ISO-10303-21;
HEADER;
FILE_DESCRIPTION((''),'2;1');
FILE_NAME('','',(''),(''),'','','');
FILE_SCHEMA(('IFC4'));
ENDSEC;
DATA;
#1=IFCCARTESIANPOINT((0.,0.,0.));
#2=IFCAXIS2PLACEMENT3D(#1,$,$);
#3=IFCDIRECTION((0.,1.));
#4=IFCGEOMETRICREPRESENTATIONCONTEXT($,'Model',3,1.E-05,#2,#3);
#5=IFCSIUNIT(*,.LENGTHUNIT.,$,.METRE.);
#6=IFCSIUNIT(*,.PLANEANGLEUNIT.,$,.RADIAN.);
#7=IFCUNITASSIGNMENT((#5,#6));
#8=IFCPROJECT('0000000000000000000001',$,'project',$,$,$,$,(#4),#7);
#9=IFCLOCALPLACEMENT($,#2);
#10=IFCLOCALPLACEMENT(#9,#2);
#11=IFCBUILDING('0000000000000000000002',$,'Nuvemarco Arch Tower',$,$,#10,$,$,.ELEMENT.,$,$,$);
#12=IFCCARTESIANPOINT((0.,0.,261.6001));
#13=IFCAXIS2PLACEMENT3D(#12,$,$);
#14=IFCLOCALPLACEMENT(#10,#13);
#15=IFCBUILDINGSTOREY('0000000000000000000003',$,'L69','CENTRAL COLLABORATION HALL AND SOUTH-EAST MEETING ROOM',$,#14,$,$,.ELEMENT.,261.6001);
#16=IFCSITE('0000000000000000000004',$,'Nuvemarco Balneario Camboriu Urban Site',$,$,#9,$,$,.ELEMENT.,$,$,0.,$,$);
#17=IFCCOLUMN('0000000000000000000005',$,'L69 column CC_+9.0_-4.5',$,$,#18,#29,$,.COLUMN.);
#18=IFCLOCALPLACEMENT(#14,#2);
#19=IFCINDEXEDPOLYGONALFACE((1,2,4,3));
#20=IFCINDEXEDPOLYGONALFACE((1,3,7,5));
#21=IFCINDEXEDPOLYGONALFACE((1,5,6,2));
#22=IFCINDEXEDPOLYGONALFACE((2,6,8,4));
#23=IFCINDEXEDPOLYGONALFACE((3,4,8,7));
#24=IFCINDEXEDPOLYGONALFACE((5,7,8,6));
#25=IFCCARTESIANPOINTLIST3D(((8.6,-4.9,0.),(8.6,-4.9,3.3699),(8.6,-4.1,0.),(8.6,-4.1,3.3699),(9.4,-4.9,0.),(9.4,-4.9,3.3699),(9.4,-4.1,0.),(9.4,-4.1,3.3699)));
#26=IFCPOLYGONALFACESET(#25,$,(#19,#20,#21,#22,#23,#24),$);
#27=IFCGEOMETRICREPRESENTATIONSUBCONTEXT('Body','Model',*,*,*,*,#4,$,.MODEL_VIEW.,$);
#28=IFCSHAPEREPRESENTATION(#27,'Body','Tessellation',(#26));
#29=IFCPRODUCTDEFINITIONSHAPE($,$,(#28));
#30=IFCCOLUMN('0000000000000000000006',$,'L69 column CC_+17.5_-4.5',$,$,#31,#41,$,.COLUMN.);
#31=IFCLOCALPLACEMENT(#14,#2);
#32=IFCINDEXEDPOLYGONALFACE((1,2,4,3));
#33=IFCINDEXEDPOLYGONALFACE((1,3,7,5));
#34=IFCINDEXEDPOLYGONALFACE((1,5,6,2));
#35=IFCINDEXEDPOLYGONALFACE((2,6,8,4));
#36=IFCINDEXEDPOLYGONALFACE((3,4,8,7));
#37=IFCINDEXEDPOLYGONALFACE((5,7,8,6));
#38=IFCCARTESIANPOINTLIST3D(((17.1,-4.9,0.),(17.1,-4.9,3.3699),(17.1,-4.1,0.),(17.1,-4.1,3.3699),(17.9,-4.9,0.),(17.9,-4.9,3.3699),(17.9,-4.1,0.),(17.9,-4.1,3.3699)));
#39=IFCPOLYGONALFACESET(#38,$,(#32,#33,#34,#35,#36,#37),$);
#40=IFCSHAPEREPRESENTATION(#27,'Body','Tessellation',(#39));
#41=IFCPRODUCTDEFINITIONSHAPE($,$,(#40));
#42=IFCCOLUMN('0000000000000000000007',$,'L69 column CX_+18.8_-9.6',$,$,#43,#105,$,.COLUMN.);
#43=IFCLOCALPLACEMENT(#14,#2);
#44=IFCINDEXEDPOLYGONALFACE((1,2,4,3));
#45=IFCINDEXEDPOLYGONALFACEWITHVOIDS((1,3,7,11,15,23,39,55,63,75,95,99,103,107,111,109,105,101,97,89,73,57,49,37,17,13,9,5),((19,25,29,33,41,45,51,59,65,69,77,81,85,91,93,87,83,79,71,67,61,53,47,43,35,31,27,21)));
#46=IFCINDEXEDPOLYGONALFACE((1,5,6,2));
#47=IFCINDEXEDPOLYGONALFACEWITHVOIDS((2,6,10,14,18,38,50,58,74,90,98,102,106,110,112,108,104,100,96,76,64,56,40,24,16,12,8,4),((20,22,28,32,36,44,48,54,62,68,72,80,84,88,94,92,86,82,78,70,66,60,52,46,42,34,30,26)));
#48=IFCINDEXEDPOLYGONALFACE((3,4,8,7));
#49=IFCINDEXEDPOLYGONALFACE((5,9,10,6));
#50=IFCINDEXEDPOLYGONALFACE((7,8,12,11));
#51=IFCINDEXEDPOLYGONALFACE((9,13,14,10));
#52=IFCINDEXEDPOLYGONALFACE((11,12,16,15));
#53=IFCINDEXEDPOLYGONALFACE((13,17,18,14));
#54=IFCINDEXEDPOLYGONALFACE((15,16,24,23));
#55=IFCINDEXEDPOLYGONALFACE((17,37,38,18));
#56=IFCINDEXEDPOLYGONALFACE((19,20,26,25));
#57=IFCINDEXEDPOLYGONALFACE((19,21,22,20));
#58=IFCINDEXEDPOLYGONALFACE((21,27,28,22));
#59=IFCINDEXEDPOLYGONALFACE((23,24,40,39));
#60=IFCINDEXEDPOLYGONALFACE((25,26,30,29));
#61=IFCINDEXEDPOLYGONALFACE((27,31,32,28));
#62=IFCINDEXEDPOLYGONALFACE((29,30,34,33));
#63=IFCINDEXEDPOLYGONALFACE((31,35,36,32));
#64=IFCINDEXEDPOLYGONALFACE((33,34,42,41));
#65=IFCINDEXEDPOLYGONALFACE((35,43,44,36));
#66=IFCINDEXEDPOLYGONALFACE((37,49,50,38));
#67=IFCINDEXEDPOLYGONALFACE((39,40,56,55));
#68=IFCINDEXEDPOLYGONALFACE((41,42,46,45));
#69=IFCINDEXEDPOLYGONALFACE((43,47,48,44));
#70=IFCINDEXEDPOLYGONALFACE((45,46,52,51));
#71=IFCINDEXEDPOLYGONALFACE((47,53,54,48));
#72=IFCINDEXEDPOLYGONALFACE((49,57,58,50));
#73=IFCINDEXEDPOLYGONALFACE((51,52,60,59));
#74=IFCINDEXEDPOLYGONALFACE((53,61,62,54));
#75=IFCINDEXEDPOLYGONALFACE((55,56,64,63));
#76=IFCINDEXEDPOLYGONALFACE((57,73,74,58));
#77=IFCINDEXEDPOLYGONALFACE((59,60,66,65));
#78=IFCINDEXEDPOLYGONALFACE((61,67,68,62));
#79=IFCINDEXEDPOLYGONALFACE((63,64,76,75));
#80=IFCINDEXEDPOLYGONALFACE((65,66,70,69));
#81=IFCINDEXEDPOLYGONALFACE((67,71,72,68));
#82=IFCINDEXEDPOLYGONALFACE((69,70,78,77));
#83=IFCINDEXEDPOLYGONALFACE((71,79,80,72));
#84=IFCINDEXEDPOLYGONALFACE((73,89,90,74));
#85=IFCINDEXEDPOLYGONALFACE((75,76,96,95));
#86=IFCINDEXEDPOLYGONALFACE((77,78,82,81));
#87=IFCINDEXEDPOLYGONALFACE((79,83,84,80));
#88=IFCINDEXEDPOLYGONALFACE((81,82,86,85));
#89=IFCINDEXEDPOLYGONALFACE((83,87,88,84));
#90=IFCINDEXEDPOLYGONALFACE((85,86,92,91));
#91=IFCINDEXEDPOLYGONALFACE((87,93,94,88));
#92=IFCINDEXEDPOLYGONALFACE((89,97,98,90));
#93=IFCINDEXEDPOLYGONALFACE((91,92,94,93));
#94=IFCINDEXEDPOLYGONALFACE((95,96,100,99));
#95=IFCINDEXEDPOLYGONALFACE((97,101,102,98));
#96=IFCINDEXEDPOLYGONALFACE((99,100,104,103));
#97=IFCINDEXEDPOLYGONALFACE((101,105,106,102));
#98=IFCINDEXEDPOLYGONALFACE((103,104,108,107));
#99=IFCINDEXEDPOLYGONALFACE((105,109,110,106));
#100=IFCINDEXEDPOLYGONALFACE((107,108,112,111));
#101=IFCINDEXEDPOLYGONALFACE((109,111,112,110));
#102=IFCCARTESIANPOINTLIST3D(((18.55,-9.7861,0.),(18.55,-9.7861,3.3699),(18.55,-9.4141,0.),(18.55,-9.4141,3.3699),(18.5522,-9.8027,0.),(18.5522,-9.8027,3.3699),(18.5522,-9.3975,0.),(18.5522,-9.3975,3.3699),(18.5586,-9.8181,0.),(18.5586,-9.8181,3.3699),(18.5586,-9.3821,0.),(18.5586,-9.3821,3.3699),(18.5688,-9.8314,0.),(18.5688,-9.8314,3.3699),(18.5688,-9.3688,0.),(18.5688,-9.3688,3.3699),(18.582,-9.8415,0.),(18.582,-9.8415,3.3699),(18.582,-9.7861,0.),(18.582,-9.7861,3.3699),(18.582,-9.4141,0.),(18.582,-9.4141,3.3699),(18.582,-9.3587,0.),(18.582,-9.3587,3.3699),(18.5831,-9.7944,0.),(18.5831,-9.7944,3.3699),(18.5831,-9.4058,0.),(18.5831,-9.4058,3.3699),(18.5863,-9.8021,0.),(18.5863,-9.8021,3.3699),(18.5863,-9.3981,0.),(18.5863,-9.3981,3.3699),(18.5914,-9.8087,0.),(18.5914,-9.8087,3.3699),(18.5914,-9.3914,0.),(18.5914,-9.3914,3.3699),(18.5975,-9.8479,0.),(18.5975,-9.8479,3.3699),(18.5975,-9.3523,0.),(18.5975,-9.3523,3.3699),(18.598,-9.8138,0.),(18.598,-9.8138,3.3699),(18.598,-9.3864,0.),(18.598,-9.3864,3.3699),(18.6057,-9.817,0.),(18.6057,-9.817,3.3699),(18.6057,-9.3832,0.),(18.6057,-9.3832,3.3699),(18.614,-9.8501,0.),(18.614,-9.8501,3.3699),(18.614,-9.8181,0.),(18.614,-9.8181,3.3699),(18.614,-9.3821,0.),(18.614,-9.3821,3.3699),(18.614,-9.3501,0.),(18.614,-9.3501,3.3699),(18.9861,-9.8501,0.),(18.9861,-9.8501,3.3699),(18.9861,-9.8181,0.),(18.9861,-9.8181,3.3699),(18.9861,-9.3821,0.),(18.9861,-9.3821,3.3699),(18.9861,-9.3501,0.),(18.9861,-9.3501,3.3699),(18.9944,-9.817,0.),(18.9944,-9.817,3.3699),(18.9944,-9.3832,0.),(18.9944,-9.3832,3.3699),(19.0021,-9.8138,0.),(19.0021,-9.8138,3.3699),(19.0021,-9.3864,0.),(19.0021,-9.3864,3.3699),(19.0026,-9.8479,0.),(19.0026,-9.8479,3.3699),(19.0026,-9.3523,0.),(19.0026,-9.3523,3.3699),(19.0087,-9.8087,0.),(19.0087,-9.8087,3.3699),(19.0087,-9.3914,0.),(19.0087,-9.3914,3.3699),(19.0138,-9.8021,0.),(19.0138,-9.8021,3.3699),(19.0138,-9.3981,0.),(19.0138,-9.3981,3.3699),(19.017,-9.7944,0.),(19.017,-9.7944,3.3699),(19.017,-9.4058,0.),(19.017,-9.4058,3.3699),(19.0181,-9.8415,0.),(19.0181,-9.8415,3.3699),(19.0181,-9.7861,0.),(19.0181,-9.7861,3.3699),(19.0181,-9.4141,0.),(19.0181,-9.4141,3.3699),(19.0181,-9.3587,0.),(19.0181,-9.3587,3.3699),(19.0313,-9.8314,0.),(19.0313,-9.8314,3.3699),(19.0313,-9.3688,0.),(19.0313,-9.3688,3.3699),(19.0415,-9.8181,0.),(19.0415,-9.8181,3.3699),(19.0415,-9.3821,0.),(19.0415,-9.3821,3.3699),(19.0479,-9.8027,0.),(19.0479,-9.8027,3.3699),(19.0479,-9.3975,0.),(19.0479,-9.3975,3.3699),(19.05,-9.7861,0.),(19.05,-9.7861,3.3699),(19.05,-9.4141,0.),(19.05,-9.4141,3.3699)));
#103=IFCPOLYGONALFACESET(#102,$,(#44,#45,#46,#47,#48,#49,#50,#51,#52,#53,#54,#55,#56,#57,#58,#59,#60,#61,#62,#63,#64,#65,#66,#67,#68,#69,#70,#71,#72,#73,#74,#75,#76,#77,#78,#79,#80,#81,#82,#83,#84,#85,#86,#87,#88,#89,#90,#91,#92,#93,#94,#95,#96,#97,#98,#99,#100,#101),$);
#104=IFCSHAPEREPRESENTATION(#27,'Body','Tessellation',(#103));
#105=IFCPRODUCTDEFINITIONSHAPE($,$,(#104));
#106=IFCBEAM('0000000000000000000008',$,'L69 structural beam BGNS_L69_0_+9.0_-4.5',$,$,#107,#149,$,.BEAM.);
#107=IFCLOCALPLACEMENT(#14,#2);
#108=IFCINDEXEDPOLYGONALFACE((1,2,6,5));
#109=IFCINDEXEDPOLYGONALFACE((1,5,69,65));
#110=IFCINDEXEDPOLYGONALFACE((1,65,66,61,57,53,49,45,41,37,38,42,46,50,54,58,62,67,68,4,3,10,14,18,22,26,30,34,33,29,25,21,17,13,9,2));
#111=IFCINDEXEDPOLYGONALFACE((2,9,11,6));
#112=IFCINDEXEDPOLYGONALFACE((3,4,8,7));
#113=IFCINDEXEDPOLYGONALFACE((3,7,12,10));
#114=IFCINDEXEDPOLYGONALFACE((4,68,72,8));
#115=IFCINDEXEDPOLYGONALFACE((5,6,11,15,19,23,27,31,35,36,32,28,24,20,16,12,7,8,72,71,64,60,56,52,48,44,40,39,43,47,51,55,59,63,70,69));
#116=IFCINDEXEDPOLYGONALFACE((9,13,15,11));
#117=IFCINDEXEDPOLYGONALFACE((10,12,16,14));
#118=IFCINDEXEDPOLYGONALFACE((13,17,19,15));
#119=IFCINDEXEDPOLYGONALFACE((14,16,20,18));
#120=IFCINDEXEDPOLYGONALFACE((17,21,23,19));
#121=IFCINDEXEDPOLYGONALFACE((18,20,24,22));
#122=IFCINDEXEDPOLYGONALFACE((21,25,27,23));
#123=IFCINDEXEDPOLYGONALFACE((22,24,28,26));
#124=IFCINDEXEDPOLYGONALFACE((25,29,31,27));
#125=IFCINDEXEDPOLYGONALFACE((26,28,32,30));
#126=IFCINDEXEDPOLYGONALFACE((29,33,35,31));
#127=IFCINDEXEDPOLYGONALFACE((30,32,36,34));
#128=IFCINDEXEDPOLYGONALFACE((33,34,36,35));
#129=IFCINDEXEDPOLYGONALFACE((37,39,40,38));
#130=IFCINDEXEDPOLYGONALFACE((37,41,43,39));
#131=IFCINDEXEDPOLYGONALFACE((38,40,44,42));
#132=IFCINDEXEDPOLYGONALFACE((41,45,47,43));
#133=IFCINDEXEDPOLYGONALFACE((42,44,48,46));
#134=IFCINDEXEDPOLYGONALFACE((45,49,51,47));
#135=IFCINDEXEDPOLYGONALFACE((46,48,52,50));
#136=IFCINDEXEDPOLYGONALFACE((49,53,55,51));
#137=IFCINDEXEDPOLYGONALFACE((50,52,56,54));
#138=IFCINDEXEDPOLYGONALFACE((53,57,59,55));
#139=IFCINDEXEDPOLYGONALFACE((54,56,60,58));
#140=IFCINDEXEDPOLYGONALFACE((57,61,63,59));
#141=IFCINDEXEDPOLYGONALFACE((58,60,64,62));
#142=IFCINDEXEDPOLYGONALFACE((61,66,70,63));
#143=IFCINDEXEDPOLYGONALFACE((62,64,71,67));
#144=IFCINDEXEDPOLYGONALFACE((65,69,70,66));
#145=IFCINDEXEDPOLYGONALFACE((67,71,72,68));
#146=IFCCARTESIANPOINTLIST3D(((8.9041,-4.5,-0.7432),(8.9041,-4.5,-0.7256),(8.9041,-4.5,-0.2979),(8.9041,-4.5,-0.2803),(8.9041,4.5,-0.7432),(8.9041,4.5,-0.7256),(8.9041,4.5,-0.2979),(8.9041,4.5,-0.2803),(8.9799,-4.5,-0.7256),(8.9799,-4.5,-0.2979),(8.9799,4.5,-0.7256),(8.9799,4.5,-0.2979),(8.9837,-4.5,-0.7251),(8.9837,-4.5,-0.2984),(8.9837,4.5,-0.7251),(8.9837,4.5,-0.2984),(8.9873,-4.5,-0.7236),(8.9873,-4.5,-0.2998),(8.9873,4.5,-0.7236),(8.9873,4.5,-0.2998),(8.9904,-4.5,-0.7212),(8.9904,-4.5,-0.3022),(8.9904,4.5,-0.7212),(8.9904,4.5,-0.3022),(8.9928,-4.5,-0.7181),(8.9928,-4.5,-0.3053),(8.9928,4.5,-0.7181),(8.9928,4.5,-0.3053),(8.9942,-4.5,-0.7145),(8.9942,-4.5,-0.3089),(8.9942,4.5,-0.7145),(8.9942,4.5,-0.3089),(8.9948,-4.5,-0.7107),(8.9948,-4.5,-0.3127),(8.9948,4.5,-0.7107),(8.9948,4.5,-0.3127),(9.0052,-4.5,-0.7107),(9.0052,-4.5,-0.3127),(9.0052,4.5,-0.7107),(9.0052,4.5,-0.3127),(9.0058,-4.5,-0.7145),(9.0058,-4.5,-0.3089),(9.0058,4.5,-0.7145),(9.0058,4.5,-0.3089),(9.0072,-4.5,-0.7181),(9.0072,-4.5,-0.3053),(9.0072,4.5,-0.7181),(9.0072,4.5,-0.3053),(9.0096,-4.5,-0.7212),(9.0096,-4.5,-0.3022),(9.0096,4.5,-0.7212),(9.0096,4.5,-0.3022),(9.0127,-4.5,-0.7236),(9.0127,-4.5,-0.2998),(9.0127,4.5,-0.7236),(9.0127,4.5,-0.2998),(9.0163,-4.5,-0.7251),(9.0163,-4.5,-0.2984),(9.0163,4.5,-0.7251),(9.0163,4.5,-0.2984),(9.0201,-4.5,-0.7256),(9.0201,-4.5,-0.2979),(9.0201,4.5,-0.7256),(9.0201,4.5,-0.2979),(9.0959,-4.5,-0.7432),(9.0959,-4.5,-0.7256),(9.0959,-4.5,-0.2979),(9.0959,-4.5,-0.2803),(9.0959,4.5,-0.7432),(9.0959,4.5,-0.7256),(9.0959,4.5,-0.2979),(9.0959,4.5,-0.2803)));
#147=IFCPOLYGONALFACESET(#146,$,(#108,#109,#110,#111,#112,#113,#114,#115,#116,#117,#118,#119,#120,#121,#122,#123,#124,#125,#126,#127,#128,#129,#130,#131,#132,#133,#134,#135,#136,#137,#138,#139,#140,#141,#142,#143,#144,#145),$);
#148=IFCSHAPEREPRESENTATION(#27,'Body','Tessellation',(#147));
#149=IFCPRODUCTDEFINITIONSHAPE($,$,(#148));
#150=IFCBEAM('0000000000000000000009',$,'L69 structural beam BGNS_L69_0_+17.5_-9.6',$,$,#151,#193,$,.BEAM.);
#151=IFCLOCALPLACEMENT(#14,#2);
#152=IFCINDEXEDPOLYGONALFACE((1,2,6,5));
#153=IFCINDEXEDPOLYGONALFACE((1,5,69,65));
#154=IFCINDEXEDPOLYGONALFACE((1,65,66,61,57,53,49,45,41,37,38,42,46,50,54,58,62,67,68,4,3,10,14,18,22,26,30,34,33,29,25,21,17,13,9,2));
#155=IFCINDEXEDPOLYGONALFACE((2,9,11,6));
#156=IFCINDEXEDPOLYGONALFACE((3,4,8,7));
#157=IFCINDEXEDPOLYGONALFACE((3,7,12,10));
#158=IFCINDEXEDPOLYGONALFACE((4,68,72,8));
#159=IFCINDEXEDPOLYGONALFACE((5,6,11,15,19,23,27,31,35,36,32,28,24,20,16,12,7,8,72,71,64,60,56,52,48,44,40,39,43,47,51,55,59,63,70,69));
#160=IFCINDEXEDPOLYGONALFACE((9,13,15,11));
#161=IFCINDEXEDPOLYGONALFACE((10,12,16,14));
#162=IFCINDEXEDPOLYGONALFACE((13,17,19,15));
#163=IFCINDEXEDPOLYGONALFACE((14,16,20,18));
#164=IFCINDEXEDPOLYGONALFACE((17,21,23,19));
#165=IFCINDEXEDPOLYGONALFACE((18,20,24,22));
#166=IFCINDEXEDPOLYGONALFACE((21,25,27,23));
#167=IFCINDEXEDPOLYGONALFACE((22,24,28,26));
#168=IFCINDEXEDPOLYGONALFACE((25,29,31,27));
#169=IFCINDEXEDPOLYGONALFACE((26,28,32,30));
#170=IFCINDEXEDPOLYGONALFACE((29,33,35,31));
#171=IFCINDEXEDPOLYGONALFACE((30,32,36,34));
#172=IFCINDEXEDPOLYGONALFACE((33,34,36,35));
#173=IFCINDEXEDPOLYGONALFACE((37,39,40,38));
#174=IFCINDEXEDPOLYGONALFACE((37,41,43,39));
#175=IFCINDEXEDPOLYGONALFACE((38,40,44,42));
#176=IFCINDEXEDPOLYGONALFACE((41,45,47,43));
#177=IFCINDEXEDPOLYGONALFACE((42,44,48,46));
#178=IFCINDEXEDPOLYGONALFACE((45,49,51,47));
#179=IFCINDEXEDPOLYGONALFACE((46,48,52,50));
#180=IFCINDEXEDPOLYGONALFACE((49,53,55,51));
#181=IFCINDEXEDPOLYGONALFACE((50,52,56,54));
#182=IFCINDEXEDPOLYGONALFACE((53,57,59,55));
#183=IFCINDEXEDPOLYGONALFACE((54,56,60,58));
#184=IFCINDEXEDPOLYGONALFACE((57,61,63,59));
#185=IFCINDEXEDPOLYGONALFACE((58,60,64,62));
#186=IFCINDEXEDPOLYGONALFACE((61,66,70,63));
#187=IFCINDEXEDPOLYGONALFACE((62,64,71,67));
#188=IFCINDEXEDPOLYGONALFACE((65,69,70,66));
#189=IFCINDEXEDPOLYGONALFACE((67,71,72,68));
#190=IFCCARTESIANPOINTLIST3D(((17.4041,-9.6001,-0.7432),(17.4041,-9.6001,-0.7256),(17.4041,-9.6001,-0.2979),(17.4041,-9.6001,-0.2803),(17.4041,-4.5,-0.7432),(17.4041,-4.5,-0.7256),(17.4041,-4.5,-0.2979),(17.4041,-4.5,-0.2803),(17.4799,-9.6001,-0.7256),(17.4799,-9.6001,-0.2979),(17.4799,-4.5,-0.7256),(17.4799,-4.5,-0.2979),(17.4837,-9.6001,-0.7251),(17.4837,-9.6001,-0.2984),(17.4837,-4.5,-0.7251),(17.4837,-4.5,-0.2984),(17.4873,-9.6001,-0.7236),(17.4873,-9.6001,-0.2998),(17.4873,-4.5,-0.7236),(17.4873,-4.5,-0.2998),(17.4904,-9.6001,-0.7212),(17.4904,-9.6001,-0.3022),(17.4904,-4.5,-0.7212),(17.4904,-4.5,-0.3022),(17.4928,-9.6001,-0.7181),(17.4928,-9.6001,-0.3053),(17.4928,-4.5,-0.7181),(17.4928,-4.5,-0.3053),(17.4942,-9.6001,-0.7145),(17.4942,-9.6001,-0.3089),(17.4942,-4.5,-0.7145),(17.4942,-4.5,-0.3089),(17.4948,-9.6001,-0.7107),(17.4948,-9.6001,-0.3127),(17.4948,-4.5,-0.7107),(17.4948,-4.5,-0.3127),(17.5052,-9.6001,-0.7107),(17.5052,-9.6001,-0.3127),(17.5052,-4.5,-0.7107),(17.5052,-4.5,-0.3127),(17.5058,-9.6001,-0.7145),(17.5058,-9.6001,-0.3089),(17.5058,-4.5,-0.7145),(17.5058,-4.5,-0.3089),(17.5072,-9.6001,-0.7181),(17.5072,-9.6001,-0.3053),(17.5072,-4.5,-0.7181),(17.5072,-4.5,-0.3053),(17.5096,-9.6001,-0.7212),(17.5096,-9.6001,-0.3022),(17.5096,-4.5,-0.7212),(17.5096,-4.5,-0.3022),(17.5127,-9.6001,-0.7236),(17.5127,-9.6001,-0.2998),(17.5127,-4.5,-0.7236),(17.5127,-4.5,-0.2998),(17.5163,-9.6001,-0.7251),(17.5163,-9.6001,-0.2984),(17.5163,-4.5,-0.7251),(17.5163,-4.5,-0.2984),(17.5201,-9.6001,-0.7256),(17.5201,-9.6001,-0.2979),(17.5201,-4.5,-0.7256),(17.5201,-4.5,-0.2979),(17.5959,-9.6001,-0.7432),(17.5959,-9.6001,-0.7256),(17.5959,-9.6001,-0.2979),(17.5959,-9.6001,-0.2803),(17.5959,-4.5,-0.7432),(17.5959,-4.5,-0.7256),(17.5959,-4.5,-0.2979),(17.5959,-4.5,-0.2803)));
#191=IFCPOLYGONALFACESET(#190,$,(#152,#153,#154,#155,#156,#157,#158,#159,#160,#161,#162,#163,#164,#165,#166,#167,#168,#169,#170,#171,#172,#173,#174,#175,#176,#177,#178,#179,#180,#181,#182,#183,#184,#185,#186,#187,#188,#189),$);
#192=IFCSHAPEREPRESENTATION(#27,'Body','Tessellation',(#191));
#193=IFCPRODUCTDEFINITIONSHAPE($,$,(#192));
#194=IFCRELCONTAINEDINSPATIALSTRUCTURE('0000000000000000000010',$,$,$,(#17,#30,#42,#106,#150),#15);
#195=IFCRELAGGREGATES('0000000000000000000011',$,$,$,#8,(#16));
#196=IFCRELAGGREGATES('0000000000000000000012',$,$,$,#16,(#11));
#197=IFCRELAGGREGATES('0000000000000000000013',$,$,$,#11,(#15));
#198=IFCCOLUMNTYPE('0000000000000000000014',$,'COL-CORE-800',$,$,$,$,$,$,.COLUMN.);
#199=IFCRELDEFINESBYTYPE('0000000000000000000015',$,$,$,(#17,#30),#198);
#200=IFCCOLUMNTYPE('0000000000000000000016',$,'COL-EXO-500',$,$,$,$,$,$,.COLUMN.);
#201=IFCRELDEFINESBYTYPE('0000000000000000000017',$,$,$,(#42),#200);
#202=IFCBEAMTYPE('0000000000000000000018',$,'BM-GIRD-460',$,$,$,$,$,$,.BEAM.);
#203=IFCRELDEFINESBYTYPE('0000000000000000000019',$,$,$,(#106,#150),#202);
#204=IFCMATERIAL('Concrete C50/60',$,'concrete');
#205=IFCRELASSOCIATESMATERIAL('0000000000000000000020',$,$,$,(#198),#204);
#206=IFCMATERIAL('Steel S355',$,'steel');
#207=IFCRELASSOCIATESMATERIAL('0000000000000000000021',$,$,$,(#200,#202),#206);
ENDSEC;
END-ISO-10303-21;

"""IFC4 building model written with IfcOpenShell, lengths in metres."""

from ifc_helpers import new_model, si_unit, direction, frame, origin, origin_2d, place, context, subcontext, project, spatial, rectangle, hollow_rectangle, i_section, extrude, material, material_profile, profile_set, type_object, element, save


model = new_model("IFC4")

# Units and contexts
model_context = context("Model", 3, precision=1e-05, world=origin(), true_north=direction((0.0, 1.0)))
body_context = subcontext(model_context, "Body", "Model", "MODEL_VIEW")
ifc_project = project(units=[si_unit("LENGTHUNIT", "METRE"), si_unit("PLANEANGLEUNIT", "RADIAN")], contexts=[model_context])

# Site, building, storey
site_placement = place(None, origin())
site = spatial("IfcSite", under=ifc_project, at=site_placement, Name="Nuvemarco Balneario Camboriu Urban Site", CompositionType="ELEMENT", RefElevation=0.0)
building_placement = place(site_placement, origin())
building = spatial("IfcBuilding", under=site, at=building_placement, Name="Nuvemarco Arch Tower", CompositionType="ELEMENT")
storey_placement = place(building_placement, frame((0.0, 0.0, 261.6001)))
storey = spatial("IfcBuildingStorey", under=building, at=storey_placement, Name="L69", Description="CENTRAL COLLABORATION HALL AND SOUTH-EAST MEETING ROOM", CompositionType="ELEMENT", Elevation=261.6001)

# Columns
ifc_material_1 = material(Name="Concrete C50/60", Category="concrete")
ifc_material_profile_1 = material_profile(ifc_material_1, rectangle(XDim=0.8, YDim=0.8, at=origin_2d()), Name="RC-COL-800x800")
ifc_profile_set_1 = profile_set([ifc_material_profile_1], Name="Concrete C50/60")
column_type_1 = type_object("IfcColumnType", Name="COL-CORE-800", PredefinedType="COLUMN", material=ifc_profile_set_1)
for number, where, z_axis, x_axis, name in (
    (1, (9.0, -4.5, 0.0), (0.0, 0.0, 1.0), (1.0, 0.0, 0.0), "L69 column CC_+9.0_-4.5"),
    (2, (17.5, -4.5, 0.0), (0.0, 0.0, 1.0), (1.0, 0.0, 0.0), "L69 column CC_+17.5_-4.5"),
):
    element("IfcColumn", number, at=place(storey_placement, frame(where, z_axis=z_axis, x_axis=x_axis)), inside=storey, type_object=column_type_1, Name=name, PredefinedType="COLUMN", context=body_context, shape_type="SweptSolid", body=[
        extrude(rectangle(XDim=0.8, YDim=0.8, at=origin_2d()), origin(), (0.0, 0.0, 1.0), 3.3699),
    ])
ifc_material_2 = material(Name="Steel S355", Category="steel")
ifc_material_profile_2 = material_profile(ifc_material_2, hollow_rectangle(XDim=0.5, YDim=0.5, WallThickness=0.032, InnerFilletRadius=0.032, OuterFilletRadius=0.064, at=origin_2d()), Name="SHS500x500x32")
ifc_profile_set_2 = profile_set([ifc_material_profile_2], Name="Steel S355")
column_type_2 = type_object("IfcColumnType", Name="COL-EXO-500", PredefinedType="COLUMN", material=ifc_profile_set_2)
column_placement = place(storey_placement, frame((18.8, -9.6001, 0.0), z_axis=(0.0, 0.0, 1.0), x_axis=(1.0, 0.0, 0.0)))
element("IfcColumn", 3, at=column_placement, inside=storey, type_object=column_type_2, Name="L69 column CX_+18.8_-9.6", PredefinedType="COLUMN", context=body_context, shape_type="SweptSolid", body=[
    extrude(hollow_rectangle(XDim=0.5, YDim=0.5, WallThickness=0.032, InnerFilletRadius=0.032, OuterFilletRadius=0.064, at=origin_2d()), origin(), (0.0, 0.0, 1.0), 3.3699),
])

# Beams
ifc_material_profile_3 = material_profile(ifc_material_2, i_section(OverallWidth=0.1919, OverallDepth=0.4629, WebThickness=0.0105, FlangeThickness=0.0176, FilletRadius=0.0149, at=origin_2d()), Name="W460x89")
ifc_profile_set_3 = profile_set([ifc_material_profile_3], Name="Steel S355")
beam_type_1 = type_object("IfcBeamType", Name="BM-GIRD-460", PredefinedType="BEAM", material=ifc_profile_set_3)
beam_1_placement = place(storey_placement, frame((9.0, -4.5, -0.5117), z_axis=(0.0, 1.0, 0.0), x_axis=(-1.0, 0.0, 0.0)))
element("IfcBeam", 4, at=beam_1_placement, inside=storey, type_object=beam_type_1, Name="L69 structural beam BGNS_L69_0_+9.0_-4.5", PredefinedType="BEAM", context=body_context, shape_type="SweptSolid", body=[
    extrude(i_section(OverallWidth=0.1919, OverallDepth=0.4629, WebThickness=0.0105, FlangeThickness=0.0176, FilletRadius=0.0149, at=origin_2d()), origin(), (0.0, 0.0, 1.0), 9.0),
])
beam_2_placement = place(storey_placement, frame((17.5, -9.6001, -0.5117), z_axis=(0.0, 1.0, 0.0), x_axis=(-1.0, 0.0, 0.0)))
element("IfcBeam", 5, at=beam_2_placement, inside=storey, type_object=beam_type_1, Name="L69 structural beam BGNS_L69_0_+17.5_-9.6", PredefinedType="BEAM", context=body_context, shape_type="SweptSolid", body=[
    extrude(i_section(OverallWidth=0.1919, OverallDepth=0.4629, WebThickness=0.0105, FlangeThickness=0.0176, FilletRadius=0.0149, at=origin_2d()), origin(), (0.0, 0.0, 1.0), 5.1001),
])

save(model, "model.ifc")
